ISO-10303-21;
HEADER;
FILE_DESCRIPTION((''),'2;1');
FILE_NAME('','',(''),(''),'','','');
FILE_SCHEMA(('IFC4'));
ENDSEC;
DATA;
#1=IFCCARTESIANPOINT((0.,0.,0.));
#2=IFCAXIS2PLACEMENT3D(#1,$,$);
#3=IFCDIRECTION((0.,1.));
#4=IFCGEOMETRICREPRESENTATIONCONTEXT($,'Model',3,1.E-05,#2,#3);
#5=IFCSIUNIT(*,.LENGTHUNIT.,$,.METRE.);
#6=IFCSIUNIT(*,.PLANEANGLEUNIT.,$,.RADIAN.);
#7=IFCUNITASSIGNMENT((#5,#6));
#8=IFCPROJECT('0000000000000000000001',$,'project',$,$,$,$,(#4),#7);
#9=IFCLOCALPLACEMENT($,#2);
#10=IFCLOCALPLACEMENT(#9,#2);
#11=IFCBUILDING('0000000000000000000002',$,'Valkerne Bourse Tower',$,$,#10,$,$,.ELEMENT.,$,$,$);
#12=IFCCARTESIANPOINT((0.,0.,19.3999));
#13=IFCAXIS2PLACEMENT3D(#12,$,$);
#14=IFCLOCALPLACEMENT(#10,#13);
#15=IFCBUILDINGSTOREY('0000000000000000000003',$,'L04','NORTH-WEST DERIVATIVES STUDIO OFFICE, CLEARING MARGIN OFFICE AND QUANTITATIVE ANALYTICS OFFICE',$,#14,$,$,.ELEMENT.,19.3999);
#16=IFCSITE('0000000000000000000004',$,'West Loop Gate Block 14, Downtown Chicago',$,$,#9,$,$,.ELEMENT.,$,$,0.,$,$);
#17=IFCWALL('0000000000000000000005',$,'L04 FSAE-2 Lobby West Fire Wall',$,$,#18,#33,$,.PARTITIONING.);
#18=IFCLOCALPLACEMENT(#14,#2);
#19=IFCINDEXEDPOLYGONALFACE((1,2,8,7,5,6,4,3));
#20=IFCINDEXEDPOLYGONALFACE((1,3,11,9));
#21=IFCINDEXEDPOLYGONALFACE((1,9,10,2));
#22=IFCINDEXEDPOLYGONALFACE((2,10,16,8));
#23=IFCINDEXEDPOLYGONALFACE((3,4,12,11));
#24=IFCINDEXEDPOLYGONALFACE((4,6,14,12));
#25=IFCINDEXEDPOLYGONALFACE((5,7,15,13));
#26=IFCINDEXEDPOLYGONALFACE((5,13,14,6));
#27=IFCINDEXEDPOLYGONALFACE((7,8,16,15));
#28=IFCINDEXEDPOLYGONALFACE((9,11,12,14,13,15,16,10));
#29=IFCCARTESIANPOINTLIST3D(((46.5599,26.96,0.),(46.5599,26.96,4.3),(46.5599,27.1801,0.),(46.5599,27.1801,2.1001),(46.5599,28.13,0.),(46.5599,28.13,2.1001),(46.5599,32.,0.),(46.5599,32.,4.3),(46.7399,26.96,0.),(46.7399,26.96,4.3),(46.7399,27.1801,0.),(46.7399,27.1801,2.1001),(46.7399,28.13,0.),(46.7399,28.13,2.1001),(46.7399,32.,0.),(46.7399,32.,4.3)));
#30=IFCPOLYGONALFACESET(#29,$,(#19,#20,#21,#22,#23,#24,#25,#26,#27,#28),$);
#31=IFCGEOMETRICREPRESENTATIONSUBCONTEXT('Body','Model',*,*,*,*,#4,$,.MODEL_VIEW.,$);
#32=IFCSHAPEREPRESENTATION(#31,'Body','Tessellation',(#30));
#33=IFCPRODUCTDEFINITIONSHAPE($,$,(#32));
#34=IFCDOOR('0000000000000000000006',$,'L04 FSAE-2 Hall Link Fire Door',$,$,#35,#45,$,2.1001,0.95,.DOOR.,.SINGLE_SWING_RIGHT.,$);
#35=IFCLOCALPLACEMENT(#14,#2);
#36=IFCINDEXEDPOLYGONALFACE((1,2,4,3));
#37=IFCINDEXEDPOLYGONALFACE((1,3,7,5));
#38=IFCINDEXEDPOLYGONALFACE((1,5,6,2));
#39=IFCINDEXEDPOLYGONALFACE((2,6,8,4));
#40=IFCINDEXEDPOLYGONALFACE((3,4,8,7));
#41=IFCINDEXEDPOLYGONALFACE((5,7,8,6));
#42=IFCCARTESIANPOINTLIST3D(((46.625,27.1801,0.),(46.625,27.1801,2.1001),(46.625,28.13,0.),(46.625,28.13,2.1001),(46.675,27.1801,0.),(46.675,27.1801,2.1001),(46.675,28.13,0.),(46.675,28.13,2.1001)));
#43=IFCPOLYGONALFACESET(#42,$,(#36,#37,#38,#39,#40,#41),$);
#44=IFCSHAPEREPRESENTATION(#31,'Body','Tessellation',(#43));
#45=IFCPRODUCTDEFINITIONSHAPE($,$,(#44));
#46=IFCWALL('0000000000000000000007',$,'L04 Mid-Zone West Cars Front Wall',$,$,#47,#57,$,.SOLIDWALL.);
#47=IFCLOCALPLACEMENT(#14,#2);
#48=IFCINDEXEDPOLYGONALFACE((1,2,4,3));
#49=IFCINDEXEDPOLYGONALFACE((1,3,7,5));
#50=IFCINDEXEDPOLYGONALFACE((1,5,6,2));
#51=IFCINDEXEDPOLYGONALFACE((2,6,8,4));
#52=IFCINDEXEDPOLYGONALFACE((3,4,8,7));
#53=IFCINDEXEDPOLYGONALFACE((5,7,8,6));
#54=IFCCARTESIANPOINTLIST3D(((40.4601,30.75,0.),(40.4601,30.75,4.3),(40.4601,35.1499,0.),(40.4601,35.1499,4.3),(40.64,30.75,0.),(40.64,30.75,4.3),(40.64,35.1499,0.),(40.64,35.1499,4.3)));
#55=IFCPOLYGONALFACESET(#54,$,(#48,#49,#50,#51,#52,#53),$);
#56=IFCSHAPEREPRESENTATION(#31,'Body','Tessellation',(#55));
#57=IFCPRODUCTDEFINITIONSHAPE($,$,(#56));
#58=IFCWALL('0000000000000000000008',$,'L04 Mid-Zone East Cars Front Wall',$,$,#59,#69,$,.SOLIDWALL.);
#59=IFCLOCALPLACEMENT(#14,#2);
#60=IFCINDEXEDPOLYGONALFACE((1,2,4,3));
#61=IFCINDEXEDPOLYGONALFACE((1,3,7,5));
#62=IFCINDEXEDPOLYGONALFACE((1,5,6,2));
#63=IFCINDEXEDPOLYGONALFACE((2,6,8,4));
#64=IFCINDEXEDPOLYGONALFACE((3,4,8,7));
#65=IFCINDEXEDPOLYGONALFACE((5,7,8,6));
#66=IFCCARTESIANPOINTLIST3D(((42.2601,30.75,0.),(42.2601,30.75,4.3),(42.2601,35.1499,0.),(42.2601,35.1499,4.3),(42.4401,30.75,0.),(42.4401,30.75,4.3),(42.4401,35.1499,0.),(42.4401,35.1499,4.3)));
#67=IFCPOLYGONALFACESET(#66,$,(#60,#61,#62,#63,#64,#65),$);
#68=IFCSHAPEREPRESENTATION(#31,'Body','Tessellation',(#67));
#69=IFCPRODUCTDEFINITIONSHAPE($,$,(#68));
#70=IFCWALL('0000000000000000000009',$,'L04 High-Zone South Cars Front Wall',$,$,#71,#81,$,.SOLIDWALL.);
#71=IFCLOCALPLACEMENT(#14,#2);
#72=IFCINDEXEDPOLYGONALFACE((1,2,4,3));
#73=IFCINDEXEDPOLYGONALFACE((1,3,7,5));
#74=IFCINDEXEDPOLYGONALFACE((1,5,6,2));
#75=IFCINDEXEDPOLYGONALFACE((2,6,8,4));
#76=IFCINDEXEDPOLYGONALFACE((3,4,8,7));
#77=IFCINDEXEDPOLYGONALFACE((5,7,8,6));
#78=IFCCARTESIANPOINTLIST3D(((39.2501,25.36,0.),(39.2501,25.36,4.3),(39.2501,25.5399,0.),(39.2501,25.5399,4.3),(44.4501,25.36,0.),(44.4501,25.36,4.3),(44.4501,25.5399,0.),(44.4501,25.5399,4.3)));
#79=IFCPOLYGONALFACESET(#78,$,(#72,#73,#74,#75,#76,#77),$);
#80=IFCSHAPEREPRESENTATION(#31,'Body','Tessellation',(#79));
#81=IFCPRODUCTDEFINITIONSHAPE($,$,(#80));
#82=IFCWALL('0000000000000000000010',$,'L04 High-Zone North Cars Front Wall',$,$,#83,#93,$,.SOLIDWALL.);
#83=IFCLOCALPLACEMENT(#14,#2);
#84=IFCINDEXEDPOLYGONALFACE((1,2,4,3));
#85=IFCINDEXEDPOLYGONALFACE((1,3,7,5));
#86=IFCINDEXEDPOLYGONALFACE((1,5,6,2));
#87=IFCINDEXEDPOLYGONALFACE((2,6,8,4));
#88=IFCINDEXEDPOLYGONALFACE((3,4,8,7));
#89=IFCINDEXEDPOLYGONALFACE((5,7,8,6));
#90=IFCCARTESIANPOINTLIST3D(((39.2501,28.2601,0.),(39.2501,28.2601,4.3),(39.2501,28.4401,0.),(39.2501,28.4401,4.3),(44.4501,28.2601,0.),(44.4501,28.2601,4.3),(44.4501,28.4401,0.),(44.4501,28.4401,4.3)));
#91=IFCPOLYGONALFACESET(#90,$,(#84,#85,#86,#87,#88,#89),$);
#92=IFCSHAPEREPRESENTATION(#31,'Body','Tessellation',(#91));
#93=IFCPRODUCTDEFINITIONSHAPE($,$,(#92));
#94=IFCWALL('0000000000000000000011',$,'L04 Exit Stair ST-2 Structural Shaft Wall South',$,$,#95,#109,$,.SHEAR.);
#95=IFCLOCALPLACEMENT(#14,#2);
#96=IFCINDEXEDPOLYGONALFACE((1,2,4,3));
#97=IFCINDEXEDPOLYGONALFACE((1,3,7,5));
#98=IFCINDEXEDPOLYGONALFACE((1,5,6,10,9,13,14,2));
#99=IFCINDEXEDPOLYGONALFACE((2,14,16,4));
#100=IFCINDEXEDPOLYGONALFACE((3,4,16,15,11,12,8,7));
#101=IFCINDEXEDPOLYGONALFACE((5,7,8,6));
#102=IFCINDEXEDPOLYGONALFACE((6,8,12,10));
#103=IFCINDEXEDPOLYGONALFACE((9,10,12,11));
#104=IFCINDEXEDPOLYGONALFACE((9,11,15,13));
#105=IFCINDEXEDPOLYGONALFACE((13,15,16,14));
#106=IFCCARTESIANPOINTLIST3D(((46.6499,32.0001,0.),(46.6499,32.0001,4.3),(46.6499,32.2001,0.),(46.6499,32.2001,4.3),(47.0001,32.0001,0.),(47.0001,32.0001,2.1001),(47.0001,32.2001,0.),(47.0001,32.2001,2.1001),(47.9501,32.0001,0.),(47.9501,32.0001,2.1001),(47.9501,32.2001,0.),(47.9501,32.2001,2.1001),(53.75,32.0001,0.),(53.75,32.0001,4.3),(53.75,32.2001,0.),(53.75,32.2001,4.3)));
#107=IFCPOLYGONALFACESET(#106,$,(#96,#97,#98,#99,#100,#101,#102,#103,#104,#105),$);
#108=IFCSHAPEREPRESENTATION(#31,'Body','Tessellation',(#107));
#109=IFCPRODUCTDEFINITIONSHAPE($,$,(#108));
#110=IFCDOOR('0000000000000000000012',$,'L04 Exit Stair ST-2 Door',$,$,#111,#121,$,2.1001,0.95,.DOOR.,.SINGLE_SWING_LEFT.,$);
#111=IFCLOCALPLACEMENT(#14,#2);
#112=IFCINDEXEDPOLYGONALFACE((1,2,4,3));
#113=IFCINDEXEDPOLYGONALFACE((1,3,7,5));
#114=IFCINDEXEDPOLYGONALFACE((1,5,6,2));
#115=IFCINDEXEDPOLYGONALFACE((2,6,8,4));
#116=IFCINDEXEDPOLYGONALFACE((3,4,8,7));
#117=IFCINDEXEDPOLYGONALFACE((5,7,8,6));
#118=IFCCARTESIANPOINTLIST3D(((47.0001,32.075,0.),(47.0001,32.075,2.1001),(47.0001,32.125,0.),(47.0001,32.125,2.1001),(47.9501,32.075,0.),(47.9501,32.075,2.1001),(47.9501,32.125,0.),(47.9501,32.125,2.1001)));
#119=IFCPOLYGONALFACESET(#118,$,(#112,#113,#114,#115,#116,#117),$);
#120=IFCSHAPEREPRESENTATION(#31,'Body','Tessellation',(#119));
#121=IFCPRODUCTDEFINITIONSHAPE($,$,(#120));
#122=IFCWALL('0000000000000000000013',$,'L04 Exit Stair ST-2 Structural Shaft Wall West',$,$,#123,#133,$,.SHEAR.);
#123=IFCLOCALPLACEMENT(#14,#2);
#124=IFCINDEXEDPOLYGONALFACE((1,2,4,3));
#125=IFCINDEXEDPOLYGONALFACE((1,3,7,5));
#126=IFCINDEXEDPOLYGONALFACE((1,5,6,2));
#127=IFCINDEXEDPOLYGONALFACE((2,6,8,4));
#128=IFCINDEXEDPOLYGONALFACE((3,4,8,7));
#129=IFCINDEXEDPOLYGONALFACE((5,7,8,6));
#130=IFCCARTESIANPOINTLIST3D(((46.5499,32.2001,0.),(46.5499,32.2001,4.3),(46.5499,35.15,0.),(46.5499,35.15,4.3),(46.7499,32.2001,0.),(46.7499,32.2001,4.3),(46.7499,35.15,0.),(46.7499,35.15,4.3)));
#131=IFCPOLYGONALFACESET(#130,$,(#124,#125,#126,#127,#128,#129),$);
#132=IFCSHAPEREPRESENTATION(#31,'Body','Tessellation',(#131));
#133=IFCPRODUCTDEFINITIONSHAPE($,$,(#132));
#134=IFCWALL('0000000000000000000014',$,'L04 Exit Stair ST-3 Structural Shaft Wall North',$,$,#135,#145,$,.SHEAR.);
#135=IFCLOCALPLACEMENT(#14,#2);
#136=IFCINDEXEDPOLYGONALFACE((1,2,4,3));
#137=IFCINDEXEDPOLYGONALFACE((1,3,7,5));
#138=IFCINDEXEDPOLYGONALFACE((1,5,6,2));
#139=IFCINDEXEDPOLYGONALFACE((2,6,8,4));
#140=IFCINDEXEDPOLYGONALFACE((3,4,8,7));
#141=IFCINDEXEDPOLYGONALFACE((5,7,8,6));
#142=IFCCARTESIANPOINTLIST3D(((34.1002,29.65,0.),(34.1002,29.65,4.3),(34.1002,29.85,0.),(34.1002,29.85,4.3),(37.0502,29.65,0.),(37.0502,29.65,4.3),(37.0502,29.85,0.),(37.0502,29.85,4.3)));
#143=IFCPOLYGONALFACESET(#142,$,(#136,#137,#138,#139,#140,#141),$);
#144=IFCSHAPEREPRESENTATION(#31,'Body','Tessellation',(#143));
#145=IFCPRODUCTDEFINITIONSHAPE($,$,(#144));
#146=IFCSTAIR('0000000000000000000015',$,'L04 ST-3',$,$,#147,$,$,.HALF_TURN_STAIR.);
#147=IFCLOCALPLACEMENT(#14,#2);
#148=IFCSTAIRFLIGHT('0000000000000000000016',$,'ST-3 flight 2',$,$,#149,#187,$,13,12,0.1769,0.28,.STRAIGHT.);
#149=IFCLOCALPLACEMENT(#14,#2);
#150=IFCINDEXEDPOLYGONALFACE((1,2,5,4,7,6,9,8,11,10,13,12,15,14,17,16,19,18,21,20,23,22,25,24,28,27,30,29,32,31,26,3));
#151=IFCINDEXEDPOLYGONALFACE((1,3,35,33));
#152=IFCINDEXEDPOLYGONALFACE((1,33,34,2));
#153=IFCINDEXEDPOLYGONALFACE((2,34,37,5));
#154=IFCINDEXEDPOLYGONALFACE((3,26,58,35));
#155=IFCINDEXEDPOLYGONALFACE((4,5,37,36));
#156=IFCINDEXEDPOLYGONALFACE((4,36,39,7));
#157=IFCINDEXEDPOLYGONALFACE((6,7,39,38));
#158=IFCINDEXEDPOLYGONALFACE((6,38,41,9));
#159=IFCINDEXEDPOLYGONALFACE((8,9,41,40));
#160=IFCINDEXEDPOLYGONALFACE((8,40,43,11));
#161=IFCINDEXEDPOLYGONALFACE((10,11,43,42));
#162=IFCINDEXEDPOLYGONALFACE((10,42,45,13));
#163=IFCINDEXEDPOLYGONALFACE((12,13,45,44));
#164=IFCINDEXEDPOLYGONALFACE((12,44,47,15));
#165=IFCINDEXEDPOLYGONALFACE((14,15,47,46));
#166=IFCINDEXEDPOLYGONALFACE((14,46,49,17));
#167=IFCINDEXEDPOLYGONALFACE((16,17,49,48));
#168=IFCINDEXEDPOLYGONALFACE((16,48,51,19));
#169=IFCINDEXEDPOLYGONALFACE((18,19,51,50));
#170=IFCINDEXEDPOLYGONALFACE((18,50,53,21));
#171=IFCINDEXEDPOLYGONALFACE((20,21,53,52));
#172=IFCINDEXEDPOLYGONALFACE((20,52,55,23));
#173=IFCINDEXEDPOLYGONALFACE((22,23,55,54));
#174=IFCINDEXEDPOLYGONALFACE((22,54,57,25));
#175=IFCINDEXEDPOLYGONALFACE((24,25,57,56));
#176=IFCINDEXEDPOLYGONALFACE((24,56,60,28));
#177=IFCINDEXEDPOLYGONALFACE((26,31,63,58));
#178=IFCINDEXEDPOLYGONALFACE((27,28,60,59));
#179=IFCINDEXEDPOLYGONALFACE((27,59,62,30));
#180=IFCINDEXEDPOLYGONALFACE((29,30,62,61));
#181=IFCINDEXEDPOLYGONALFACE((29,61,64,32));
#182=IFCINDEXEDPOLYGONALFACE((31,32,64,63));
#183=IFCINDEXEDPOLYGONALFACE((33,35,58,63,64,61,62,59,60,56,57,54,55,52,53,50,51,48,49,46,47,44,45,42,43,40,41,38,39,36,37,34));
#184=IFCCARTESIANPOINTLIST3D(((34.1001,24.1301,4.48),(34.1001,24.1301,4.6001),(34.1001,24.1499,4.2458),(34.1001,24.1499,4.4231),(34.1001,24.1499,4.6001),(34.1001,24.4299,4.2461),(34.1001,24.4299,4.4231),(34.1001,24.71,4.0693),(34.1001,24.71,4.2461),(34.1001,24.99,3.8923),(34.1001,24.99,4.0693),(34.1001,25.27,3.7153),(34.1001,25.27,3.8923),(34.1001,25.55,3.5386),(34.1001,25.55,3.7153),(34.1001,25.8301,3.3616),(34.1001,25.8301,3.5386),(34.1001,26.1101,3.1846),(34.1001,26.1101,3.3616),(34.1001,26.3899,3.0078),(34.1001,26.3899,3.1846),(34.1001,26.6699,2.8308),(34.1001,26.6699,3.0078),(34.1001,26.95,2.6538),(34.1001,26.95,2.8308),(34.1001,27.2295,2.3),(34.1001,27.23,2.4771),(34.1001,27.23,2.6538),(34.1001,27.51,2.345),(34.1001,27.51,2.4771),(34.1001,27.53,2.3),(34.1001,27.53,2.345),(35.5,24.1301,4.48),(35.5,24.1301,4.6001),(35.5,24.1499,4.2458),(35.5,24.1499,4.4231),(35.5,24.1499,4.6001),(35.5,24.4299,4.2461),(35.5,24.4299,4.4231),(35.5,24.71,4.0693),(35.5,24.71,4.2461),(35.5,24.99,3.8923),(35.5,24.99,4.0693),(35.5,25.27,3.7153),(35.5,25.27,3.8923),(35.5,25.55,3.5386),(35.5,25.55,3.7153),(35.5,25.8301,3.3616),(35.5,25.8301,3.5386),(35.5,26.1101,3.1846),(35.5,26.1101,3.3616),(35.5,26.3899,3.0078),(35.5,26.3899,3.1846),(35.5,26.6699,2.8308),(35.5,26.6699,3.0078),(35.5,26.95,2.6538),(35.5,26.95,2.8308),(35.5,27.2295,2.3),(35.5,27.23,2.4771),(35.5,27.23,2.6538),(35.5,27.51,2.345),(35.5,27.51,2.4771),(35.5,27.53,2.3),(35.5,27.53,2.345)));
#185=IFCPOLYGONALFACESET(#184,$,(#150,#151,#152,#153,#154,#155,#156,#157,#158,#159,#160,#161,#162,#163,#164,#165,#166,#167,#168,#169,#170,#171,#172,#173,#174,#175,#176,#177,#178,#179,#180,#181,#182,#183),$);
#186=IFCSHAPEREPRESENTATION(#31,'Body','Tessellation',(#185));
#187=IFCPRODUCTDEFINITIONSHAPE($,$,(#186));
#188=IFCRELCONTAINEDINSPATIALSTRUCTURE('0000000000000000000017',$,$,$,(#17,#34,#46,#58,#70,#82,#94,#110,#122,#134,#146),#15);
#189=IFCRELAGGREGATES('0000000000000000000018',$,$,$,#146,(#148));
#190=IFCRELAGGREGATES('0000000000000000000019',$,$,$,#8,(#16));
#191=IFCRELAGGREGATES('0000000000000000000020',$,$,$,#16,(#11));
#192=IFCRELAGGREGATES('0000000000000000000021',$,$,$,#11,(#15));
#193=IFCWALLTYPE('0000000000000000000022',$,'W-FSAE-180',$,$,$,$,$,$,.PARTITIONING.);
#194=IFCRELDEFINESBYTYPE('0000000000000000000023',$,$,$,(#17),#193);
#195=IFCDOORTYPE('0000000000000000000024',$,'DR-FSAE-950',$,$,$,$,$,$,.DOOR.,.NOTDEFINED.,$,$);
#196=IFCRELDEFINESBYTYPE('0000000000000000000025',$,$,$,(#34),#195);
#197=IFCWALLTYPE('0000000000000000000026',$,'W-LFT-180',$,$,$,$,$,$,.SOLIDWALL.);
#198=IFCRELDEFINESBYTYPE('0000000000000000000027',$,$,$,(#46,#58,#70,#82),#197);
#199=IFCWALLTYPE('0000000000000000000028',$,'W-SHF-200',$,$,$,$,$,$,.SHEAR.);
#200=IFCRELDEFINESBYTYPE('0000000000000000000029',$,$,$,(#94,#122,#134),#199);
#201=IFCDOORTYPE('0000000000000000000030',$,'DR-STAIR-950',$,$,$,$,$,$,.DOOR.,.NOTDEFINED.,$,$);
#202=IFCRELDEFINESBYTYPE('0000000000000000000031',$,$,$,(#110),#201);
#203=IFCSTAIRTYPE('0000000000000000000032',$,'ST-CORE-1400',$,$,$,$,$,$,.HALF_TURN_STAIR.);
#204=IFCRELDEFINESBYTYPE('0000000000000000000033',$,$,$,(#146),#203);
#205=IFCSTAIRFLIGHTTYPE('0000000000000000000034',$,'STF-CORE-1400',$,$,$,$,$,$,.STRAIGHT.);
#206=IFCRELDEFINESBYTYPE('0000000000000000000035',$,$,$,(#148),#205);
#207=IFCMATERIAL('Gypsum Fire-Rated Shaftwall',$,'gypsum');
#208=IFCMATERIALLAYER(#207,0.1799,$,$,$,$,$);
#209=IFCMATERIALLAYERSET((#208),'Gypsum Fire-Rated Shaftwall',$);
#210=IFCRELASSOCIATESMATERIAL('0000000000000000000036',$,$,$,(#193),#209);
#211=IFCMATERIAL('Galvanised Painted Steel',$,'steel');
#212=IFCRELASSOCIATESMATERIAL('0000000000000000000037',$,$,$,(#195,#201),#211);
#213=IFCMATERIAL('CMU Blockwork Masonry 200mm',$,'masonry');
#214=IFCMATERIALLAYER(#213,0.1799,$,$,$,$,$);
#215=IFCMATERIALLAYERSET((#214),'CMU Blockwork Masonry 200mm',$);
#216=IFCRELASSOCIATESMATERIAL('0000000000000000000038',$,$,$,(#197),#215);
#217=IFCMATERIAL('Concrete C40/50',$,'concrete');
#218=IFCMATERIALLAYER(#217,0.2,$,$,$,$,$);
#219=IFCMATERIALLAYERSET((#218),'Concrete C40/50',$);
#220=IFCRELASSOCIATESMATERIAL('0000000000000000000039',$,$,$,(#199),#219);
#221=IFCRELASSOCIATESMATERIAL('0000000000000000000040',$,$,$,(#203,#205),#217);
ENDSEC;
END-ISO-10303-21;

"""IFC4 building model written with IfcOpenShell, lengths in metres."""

from ifc_helpers import new_model, si_unit, direction, frame, frame_2d, origin, place, context, subcontext, project, spatial, polyline, rectangle, outline, extrude, material, layer, layer_set, type_object, element, fill, aggregate, save


model = new_model("IFC4")

# Units and contexts
model_context = context("Model", 3, precision=1e-05, world=origin(), true_north=direction((0.0, 1.0)))
body_context = subcontext(model_context, "Body", "Model", "MODEL_VIEW")
ifc_project = project(units=[si_unit("LENGTHUNIT", "METRE"), si_unit("PLANEANGLEUNIT", "RADIAN")], contexts=[model_context])

# Site, building, storey
site_placement = place(None, origin())
site = spatial("IfcSite", under=ifc_project, at=site_placement, Name="West Loop Gate Block 14, Downtown Chicago", CompositionType="ELEMENT", RefElevation=0.0)
building_placement = place(site_placement, origin())
building = spatial("IfcBuilding", under=site, at=building_placement, Name="Valkerne Bourse Tower", CompositionType="ELEMENT")
storey_placement = place(building_placement, frame((0.0, 0.0, 19.3999)))
storey = spatial("IfcBuildingStorey", under=building, at=storey_placement, Name="L04", Description="NORTH-WEST DERIVATIVES STUDIO OFFICE, CLEARING MARGIN OFFICE AND QUANTITATIVE ANALYTICS OFFICE", CompositionType="ELEMENT", Elevation=19.3999)

# Shared definitions
ifc_material_1 = material(Name="Gypsum Fire-Rated Shaftwall", Category="gypsum")
ifc_layer_1 = layer(ifc_material_1, 0.1799)
ifc_layer_set_1 = layer_set([ifc_layer_1], Name="Gypsum Fire-Rated Shaftwall")
wall_type_1 = type_object("IfcWallType", Name="W-FSAE-180", PredefinedType="PARTITIONING", material=ifc_layer_set_1)

# Wall, opening, door
wall_1_placement = place(storey_placement, frame((46.6499, 26.96, 0.0), z_axis=(0.0, 0.0, 1.0), x_axis=(0.0, 1.0, 0.0)))
wall_1 = element("IfcWall", 1, at=wall_1_placement, inside=storey, type_object=wall_type_1, Name="L04 FSAE-2 Lobby West Fire Wall", PredefinedType="PARTITIONING", context=body_context, shape_type="SweptSolid", body=[
    extrude(rectangle(XDim=5.04, YDim=0.1799, at=frame_2d((2.52, 0.0))), origin(), (0.0, 0.0, 1.0), 4.3),
])
opening_1_placement = place(wall_1_placement, frame((0.22, 0.0, 0.0)))
opening_1 = element("IfcOpeningElement", 2, at=opening_1_placement, cuts=wall_1, PredefinedType="OPENING", context=body_context, shape_type="SweptSolid", body=[
    extrude(rectangle(XDim=0.95, YDim=2.1001, at=frame_2d((0.4751, 1.05))), frame((0.0, 0.0999, 0.0), z_axis=(0.0, -1.0, 0.0), x_axis=(1.0, 0.0, 0.0)), (0.0, 0.0, 1.0), 0.2),
])
ifc_material_2 = material(Name="Galvanised Painted Steel", Category="steel")
door_type_1 = type_object("IfcDoorType", Name="DR-FSAE-950", OperationType="NOTDEFINED", PredefinedType="DOOR", material=ifc_material_2)
door_1_placement = place(opening_1_placement, origin())
door_1 = element("IfcDoor", 3, at=door_1_placement, inside=storey, type_object=door_type_1, Name="L04 FSAE-2 Hall Link Fire Door", OperationType="SINGLE_SWING_RIGHT", OverallHeight=2.1001, OverallWidth=0.95, PredefinedType="DOOR", context=body_context, shape_type="SweptSolid", body=[
    extrude(rectangle(XDim=0.95, YDim=2.1001, at=frame_2d((0.4751, 1.05))), frame((0.0, 0.0249, 0.0), z_axis=(0.0, -1.0, 0.0), x_axis=(1.0, 0.0, 0.0)), (0.0, 0.0, 1.0), 0.05),
])
fill(opening_1, door_1)

# Walls
ifc_material_3 = material(Name="CMU Blockwork Masonry 200mm", Category="masonry")
ifc_layer_2 = layer(ifc_material_3, 0.1799)
ifc_layer_set_2 = layer_set([ifc_layer_2], Name="CMU Blockwork Masonry 200mm")
wall_type_2 = type_object("IfcWallType", Name="W-LFT-180", PredefinedType="SOLIDWALL", material=ifc_layer_set_2)
for number, where, z_axis, x_axis, name in (
    (4, (40.55, 30.75, 0.0), (0.0, 0.0, 1.0), (0.0, 1.0, 0.0), "L04 Mid-Zone West Cars Front Wall"),
    (5, (42.3501, 30.75, 0.0), (0.0, 0.0, 1.0), (0.0, 1.0, 0.0), "L04 Mid-Zone East Cars Front Wall"),
):
    element("IfcWall", number, at=place(storey_placement, frame(where, z_axis=z_axis, x_axis=x_axis)), inside=storey, type_object=wall_type_2, Name=name, PredefinedType="SOLIDWALL", context=body_context, shape_type="SweptSolid", body=[
        extrude(rectangle(XDim=4.3999, YDim=0.1799, at=frame_2d((2.2, 0.0))), origin(), (0.0, 0.0, 1.0), 4.3),
    ])
for number, where, z_axis, x_axis, name in (
    (6, (39.25, 25.45, 0.0), (0.0, 0.0, 1.0), (1.0, 0.0, 0.0), "L04 High-Zone South Cars Front Wall"),
    (7, (39.25, 28.3501, 0.0), (0.0, 0.0, 1.0), (1.0, 0.0, 0.0), "L04 High-Zone North Cars Front Wall"),
):
    element("IfcWall", number, at=place(storey_placement, frame(where, z_axis=z_axis, x_axis=x_axis)), inside=storey, type_object=wall_type_2, Name=name, PredefinedType="SOLIDWALL", context=body_context, shape_type="SweptSolid", body=[
        extrude(rectangle(XDim=5.2, YDim=0.1799, at=frame_2d((2.6001, 0.0))), origin(), (0.0, 0.0, 1.0), 4.3),
    ])

# Wall, opening, door
ifc_material_4 = material(Name="Concrete C40/50", Category="concrete")
ifc_layer_3 = layer(ifc_material_4, 0.2)
ifc_layer_set_3 = layer_set([ifc_layer_3], Name="Concrete C40/50")
wall_type_3 = type_object("IfcWallType", Name="W-SHF-200", PredefinedType="SHEAR", material=ifc_layer_set_3)
wall_2_placement = place(storey_placement, frame((46.6499, 32.1001, 0.0), z_axis=(0.0, 0.0, 1.0), x_axis=(1.0, 0.0, 0.0)))
wall_2 = element("IfcWall", 8, at=wall_2_placement, inside=storey, type_object=wall_type_3, Name="L04 Exit Stair ST-2 Structural Shaft Wall South", PredefinedType="SHEAR", context=body_context, shape_type="SweptSolid", body=[
    extrude(rectangle(XDim=7.1001, YDim=0.2, at=frame_2d((3.55, 0.0))), origin(), (0.0, 0.0, 1.0), 4.3),
])
opening_2_placement = place(wall_2_placement, frame((0.3501, 0.0, 0.0)))
opening_2 = element("IfcOpeningElement", 9, at=opening_2_placement, cuts=wall_2, PredefinedType="OPENING", context=body_context, shape_type="SweptSolid", body=[
    extrude(rectangle(XDim=0.95, YDim=2.1001, at=frame_2d((0.4751, 1.05))), frame((0.0, 0.1099, 0.0), z_axis=(0.0, -1.0, 0.0), x_axis=(1.0, 0.0, 0.0)), (0.0, 0.0, 1.0), 0.22),
])
door_type_2 = type_object("IfcDoorType", Name="DR-STAIR-950", OperationType="NOTDEFINED", PredefinedType="DOOR", material=ifc_material_2)
door_2_placement = place(opening_2_placement, origin())
door_2 = element("IfcDoor", 10, at=door_2_placement, inside=storey, type_object=door_type_2, Name="L04 Exit Stair ST-2 Door", OperationType="SINGLE_SWING_LEFT", OverallHeight=2.1001, OverallWidth=0.95, PredefinedType="DOOR", context=body_context, shape_type="SweptSolid", body=[
    extrude(rectangle(XDim=0.95, YDim=2.1001, at=frame_2d((0.4751, 1.05))), frame((0.0, 0.0249, 0.0), z_axis=(0.0, -1.0, 0.0), x_axis=(1.0, 0.0, 0.0)), (0.0, 0.0, 1.0), 0.05),
])
fill(opening_2, door_2)

# Walls
for number, where, z_axis, x_axis, name in (
    (11, (46.6499, 32.2, 0.0), (0.0, 0.0, 1.0), (0.0, 1.0, 0.0), "L04 Exit Stair ST-2 Structural Shaft Wall West"),
    (12, (34.1001, 29.75, 0.0), (0.0, 0.0, 1.0), (1.0, 0.0, 0.0), "L04 Exit Stair ST-3 Structural Shaft Wall North"),
):
    element("IfcWall", number, at=place(storey_placement, frame(where, z_axis=z_axis, x_axis=x_axis)), inside=storey, type_object=wall_type_3, Name=name, PredefinedType="SHEAR", context=body_context, shape_type="SweptSolid", body=[
        extrude(rectangle(XDim=2.95, YDim=0.2, at=frame_2d((1.4751, 0.0))), origin(), (0.0, 0.0, 1.0), 4.3),
    ])

# Stair, stair flight
stair_type = type_object("IfcStairType", Name="ST-CORE-1400", PredefinedType="HALF_TURN_STAIR", material=ifc_material_4)
stair_placement = place(storey_placement, origin())
stair = element("IfcStair", 13, at=stair_placement, inside=storey, type_object=stair_type, Name="L04 ST-3", PredefinedType="HALF_TURN_STAIR")
stair_flight_type = type_object("IfcStairFlightType", Name="STF-CORE-1400", PredefinedType="STRAIGHT", material=ifc_material_4)
stair_flight_placement = place(storey_placement, frame((34.8, 27.51, 2.3), z_axis=(0.0, 0.0, 1.0), x_axis=(0.0, -1.0, 0.0)))
stair_flight = element("IfcStairFlight", 14, at=stair_flight_placement, type_object=stair_flight_type, Name="ST-3 flight 2", NumberOfRisers=13, NumberOfTreads=12, PredefinedType="STRAIGHT", RiserHeight=0.1769, TreadLength=0.28, context=body_context, shape_type="SweptSolid", body=[
    extrude(outline(polyline([(-0.02, 0.0), (-0.02, 0.0449), (0.0, 0.0449), (0.0, 0.177), (0.28, 0.177), (0.28, 0.3538), (0.5601, 0.3538), (0.5601, 0.5308), (0.8401, 0.5308), (0.8401, 0.7078), (1.1201, 0.7078), (1.1201, 0.8845), (1.3999, 0.8845), (1.3999, 1.0615), (1.6799, 1.0615), (1.6799, 1.2385), (1.96, 1.2385), (1.96, 1.4153), (2.24, 1.4153), (2.24, 1.5923), (2.52, 1.5923), (2.52, 1.7693), (2.8, 1.7693), (2.8, 1.946), (3.0801, 1.946), (3.0801, 2.123), (3.3601, 2.123), (3.3601, 2.3), (3.3799, 2.3), (3.3799, 2.1799), (3.3601, 1.9458), (0.2805, 0.0), (-0.02, 0.0)])), frame((0.0, 0.7, 0.0), z_axis=(0.0, -1.0, 0.0), x_axis=(1.0, 0.0, 0.0)), (0.0, 0.0, 1.0), 1.3999),
])
aggregate(stair, [stair_flight])

save(model, "model.ifc")
